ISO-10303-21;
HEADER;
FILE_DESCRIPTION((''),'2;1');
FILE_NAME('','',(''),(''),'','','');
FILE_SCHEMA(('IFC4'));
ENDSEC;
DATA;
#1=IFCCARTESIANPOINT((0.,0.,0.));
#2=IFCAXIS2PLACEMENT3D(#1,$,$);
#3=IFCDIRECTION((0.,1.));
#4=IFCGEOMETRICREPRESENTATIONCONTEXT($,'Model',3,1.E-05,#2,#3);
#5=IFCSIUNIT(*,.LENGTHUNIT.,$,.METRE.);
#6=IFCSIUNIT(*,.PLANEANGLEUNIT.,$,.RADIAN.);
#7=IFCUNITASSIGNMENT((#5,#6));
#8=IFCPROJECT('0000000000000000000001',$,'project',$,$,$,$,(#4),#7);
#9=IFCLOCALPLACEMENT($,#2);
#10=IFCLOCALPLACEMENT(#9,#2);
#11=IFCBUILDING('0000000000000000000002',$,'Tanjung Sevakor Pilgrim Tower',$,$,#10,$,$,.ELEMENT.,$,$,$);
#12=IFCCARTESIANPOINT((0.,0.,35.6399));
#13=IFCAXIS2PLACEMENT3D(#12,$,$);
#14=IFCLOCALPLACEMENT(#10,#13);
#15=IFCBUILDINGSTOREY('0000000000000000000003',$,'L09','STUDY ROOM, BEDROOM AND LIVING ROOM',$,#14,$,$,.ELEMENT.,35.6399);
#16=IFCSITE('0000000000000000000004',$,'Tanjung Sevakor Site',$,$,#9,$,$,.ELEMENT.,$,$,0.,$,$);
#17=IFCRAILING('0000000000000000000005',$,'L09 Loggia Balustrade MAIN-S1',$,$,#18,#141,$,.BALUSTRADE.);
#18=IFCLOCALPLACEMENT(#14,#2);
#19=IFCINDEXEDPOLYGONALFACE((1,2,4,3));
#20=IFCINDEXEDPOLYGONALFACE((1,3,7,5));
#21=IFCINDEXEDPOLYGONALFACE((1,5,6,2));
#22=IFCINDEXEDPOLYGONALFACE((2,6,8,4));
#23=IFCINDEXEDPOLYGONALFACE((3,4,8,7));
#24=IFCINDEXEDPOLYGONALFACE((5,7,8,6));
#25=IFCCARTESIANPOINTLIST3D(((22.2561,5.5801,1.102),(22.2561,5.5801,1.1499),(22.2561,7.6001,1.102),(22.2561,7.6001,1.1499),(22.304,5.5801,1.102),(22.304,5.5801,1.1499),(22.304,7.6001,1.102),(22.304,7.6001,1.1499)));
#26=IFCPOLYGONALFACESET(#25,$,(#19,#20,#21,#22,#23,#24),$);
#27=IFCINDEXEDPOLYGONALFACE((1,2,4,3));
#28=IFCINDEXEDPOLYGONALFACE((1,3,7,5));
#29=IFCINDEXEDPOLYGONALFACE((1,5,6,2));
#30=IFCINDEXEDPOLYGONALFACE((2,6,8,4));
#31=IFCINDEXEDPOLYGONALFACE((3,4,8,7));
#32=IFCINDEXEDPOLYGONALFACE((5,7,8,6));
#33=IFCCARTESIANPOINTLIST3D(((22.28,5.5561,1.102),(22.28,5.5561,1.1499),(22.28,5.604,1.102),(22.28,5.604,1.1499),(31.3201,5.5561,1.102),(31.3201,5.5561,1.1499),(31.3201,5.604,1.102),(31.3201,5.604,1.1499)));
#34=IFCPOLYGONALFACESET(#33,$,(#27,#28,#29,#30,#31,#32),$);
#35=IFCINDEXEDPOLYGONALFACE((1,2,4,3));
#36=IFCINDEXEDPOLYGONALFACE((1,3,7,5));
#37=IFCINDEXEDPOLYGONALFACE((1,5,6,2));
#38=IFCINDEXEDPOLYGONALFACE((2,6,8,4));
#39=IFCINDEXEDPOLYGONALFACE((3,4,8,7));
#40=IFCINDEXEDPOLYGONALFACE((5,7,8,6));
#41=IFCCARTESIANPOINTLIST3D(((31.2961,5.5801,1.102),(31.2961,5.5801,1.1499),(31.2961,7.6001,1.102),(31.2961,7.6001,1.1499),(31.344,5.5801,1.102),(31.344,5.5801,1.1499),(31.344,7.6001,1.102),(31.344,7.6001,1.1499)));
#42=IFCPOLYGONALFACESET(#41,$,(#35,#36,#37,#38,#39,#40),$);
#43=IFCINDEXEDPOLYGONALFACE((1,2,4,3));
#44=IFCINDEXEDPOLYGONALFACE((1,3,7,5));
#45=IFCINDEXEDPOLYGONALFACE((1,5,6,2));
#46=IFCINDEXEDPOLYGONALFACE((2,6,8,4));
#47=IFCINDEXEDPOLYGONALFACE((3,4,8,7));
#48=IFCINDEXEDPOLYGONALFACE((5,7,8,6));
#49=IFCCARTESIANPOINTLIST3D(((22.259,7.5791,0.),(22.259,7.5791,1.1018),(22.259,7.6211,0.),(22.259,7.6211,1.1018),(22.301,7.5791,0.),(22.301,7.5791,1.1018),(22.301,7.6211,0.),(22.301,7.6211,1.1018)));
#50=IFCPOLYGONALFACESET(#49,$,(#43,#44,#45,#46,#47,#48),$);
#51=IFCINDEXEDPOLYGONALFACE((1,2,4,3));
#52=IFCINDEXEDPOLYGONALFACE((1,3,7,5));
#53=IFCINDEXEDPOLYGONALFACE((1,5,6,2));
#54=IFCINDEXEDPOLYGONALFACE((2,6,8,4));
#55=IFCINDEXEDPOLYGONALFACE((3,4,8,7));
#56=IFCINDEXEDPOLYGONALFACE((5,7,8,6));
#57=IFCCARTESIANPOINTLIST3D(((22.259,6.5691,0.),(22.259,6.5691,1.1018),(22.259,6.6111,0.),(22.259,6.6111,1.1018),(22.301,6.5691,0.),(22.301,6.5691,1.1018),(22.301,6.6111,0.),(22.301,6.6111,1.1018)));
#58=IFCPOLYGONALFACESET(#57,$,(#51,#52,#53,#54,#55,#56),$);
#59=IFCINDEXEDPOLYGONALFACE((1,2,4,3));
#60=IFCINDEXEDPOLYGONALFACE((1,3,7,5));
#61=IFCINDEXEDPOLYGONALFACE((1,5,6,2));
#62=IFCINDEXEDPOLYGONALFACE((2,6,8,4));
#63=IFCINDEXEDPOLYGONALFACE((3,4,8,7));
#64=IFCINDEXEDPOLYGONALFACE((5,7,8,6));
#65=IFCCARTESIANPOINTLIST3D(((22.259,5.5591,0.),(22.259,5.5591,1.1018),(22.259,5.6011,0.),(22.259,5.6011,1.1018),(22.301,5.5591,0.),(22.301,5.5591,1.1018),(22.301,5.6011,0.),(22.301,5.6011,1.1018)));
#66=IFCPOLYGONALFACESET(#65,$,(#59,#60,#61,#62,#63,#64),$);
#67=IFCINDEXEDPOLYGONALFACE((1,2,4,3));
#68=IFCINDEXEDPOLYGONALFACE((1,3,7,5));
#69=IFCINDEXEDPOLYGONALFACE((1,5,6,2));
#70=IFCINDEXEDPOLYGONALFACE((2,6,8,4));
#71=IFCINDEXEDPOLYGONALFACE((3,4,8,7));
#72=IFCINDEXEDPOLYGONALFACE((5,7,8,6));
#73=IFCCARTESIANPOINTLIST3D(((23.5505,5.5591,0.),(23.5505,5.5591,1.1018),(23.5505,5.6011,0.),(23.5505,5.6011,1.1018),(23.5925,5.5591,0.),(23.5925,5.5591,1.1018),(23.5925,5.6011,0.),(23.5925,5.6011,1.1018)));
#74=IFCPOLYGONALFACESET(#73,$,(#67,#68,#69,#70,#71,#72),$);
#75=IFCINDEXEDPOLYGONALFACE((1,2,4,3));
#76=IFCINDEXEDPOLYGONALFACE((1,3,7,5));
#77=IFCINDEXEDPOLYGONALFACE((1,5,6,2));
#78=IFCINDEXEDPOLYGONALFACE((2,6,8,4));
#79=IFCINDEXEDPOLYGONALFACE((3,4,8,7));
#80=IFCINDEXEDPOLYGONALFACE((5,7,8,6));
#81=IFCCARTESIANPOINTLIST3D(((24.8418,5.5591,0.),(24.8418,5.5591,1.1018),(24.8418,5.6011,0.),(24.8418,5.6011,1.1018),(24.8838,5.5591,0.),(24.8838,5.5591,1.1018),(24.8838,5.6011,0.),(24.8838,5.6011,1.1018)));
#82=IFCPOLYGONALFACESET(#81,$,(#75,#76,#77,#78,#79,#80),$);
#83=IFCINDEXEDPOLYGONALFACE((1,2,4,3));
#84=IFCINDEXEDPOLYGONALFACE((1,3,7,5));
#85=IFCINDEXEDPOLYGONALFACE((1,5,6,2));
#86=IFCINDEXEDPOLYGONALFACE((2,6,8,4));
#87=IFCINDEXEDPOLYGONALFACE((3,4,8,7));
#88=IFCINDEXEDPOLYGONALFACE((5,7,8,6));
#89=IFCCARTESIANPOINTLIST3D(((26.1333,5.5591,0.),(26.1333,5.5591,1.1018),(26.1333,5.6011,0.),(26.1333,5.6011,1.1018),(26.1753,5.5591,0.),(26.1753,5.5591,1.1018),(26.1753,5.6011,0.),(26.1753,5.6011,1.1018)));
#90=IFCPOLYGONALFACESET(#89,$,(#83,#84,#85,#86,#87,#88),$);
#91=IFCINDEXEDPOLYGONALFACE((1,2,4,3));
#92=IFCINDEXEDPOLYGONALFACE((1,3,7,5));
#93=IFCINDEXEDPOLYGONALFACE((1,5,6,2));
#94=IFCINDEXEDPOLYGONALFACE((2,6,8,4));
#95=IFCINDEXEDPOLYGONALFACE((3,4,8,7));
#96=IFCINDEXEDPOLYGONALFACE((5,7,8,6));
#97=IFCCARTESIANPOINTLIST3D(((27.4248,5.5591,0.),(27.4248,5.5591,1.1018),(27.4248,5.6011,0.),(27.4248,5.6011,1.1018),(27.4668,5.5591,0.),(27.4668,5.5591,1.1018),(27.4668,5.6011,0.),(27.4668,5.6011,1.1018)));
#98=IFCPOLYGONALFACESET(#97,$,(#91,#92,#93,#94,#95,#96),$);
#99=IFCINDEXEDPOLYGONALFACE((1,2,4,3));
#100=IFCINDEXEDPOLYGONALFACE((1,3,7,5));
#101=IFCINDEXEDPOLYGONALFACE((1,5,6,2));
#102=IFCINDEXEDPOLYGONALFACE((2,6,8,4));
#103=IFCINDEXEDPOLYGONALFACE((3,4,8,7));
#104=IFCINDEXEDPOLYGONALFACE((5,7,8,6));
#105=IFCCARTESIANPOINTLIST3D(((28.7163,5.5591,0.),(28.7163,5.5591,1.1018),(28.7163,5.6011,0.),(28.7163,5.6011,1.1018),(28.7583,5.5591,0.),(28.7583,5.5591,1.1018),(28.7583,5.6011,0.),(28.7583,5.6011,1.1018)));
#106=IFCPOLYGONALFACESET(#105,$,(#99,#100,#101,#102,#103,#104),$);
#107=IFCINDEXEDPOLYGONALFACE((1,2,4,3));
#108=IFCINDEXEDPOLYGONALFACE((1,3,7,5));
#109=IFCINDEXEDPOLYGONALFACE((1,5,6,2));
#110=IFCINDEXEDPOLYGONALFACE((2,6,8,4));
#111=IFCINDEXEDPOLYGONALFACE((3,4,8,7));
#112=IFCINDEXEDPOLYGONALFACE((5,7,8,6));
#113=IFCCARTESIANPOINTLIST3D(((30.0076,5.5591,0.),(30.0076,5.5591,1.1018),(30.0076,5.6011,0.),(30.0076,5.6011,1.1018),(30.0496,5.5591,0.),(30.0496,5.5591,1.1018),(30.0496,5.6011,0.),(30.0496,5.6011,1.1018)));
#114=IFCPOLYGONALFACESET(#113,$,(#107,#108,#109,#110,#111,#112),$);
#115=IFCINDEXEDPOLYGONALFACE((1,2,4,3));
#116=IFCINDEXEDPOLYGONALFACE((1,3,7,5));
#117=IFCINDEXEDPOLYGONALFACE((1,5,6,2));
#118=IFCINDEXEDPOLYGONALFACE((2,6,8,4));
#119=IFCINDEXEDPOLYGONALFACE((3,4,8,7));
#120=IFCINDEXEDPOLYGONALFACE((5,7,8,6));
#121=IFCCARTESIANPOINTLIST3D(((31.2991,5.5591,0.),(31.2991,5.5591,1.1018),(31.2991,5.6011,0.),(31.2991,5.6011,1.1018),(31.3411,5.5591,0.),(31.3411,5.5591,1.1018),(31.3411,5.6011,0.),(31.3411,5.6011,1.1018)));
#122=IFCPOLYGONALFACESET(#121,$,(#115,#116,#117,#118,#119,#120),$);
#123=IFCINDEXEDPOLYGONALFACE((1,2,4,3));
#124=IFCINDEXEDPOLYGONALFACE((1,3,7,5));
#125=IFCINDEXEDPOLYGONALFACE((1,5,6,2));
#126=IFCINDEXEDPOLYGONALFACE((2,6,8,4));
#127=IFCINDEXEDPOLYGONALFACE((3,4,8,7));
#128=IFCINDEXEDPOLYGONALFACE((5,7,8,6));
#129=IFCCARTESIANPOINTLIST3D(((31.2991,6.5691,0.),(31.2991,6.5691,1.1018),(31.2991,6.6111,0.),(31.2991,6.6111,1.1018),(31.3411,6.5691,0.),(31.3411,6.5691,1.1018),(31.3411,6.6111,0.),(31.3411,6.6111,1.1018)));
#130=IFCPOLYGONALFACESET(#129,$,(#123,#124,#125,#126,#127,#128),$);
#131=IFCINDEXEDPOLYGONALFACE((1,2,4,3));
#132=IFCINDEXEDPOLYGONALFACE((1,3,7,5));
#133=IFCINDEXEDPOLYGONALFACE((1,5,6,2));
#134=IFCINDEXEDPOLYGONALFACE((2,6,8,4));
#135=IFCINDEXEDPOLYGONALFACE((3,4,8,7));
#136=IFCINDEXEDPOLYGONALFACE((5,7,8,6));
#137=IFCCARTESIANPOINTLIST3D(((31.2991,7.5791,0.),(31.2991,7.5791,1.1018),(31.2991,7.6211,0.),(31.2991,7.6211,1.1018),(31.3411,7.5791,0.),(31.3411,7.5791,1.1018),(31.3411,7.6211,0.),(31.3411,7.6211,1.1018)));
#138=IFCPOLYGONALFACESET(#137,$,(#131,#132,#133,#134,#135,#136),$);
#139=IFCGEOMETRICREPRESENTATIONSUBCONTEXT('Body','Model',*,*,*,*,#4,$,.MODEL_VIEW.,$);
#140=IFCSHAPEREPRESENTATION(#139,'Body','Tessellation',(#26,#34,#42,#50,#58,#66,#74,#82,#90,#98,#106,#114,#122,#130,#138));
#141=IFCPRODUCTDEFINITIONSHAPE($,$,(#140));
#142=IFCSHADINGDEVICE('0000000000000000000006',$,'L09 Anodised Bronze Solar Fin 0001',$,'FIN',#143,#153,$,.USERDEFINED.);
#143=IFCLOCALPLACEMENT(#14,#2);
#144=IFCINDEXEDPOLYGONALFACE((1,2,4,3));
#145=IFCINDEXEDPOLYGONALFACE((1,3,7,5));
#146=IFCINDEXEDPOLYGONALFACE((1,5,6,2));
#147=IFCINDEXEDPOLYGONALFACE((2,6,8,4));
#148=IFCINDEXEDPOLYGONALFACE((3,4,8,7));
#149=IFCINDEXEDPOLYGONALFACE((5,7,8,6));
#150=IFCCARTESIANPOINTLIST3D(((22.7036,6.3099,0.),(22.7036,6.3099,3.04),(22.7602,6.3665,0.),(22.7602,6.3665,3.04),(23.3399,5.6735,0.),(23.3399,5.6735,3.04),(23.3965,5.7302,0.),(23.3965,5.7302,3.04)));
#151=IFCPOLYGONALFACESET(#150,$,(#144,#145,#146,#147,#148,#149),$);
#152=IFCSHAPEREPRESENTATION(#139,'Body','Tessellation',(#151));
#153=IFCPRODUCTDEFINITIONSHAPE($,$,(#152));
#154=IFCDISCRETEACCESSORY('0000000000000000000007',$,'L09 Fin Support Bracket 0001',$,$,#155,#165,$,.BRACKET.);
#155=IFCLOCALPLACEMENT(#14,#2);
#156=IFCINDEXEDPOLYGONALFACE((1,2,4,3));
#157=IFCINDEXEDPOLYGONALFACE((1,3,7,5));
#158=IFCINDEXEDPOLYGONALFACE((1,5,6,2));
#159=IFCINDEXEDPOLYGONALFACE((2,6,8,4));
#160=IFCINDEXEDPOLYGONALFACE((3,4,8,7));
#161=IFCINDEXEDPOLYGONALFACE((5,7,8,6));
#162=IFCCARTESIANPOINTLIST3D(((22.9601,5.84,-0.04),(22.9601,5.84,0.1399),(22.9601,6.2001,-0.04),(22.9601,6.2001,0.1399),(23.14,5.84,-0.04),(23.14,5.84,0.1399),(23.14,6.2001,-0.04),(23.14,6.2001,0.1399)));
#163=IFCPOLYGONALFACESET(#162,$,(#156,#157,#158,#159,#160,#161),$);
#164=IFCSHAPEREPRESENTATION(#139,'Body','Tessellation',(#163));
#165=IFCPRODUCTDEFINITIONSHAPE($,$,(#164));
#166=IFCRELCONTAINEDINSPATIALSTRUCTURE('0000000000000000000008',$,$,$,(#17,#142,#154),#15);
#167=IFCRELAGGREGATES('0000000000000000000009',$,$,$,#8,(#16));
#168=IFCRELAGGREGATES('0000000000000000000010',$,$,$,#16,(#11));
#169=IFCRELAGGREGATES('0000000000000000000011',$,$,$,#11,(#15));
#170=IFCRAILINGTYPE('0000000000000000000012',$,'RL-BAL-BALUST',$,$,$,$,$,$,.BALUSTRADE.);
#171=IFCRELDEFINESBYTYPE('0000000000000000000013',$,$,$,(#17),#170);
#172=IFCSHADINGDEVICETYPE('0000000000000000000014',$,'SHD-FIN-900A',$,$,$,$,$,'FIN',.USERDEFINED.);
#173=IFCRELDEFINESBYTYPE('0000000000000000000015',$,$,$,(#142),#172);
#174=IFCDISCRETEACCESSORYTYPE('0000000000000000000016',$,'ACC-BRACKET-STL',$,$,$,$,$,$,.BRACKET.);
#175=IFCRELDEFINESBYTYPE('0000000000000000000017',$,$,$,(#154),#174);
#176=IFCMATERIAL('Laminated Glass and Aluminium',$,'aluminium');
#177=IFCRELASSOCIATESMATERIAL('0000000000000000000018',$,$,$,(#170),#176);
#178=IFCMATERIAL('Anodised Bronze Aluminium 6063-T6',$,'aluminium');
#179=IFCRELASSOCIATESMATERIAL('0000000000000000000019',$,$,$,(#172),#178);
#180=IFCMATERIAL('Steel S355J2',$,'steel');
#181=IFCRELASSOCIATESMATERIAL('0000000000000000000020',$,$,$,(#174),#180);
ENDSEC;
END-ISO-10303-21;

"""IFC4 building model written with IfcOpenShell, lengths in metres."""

from ifc_helpers import new_model, si_unit, direction, frame, origin, origin_2d, place, context, subcontext, project, spatial, rectangle, extrude, material, type_object, element, save


model = new_model("IFC4")

# Units and contexts
model_context = context("Model", 3, precision=1e-05, world=origin(), true_north=direction((0.0, 1.0)))
body_context = subcontext(model_context, "Body", "Model", "MODEL_VIEW")
ifc_project = project(units=[si_unit("LENGTHUNIT", "METRE"), si_unit("PLANEANGLEUNIT", "RADIAN")], contexts=[model_context])

# Site, building, storey
site_placement = place(None, origin())
site = spatial("IfcSite", under=ifc_project, at=site_placement, Name="Tanjung Sevakor Site", CompositionType="ELEMENT", RefElevation=0.0)
building_placement = place(site_placement, origin())
building = spatial("IfcBuilding", under=site, at=building_placement, Name="Tanjung Sevakor Pilgrim Tower", CompositionType="ELEMENT")
storey_placement = place(building_placement, frame((0.0, 0.0, 35.6399)))
storey = spatial("IfcBuildingStorey", under=building, at=storey_placement, Name="L09", Description="STUDY ROOM, BEDROOM AND LIVING ROOM", CompositionType="ELEMENT", Elevation=35.6399)

# Railing
ifc_material_1 = material(Name="Laminated Glass and Aluminium", Category="aluminium")
railing_type = type_object("IfcRailingType", Name="RL-BAL-BALUST", PredefinedType="BALUSTRADE", material=ifc_material_1)
railing_placement = place(storey_placement, frame((22.28, 7.6001, 0.0)))
element("IfcRailing", 1, at=railing_placement, inside=storey, type_object=railing_type, Name="L09 Loggia Balustrade MAIN-S1", PredefinedType="BALUSTRADE", context=body_context, shape_type="SweptSolid", body=[
    extrude(rectangle(XDim=0.0479, YDim=0.0479), frame((0.0, 0.0, 1.126), z_axis=(0.0, -1.0, 0.0), x_axis=(1.0, 0.0, 0.0)), (0.0, 0.0, 1.0), 2.02),
    extrude(rectangle(XDim=0.0479, YDim=0.0479), frame((0.0, -2.02, 1.126), z_axis=(1.0, 0.0, 0.0), x_axis=(0.0, 1.0, 0.0)), (0.0, 0.0, 1.0), 9.04),
    extrude(rectangle(XDim=0.0479, YDim=0.0479), frame((9.04, -2.02, 1.126), z_axis=(0.0, 1.0, 0.0), x_axis=(-1.0, 0.0, 0.0)), (0.0, 0.0, 1.0), 2.02),
    extrude(rectangle(XDim=0.042, YDim=0.042), origin(), (0.0, 0.0, 1.0), 1.1018),
    extrude(rectangle(XDim=0.042, YDim=0.042), frame((0.0, -1.01, 0.0)), (0.0, 0.0, 1.0), 1.1018),
    extrude(rectangle(XDim=0.042, YDim=0.042), frame((0.0, -2.02, 0.0)), (0.0, 0.0, 1.0), 1.1018),
    extrude(rectangle(XDim=0.042, YDim=0.042), frame((1.2915, -2.02, 0.0)), (0.0, 0.0, 1.0), 1.1018),
    extrude(rectangle(XDim=0.042, YDim=0.042), frame((2.5828, -2.02, 0.0)), (0.0, 0.0, 1.0), 1.1018),
    extrude(rectangle(XDim=0.042, YDim=0.042), frame((3.8743, -2.02, 0.0)), (0.0, 0.0, 1.0), 1.1018),
    extrude(rectangle(XDim=0.042, YDim=0.042), frame((5.1658, -2.02, 0.0)), (0.0, 0.0, 1.0), 1.1018),
    extrude(rectangle(XDim=0.042, YDim=0.042), frame((6.4573, -2.02, 0.0)), (0.0, 0.0, 1.0), 1.1018),
    extrude(rectangle(XDim=0.042, YDim=0.042), frame((7.7485, -2.02, 0.0)), (0.0, 0.0, 1.0), 1.1018),
    extrude(rectangle(XDim=0.042, YDim=0.042), frame((9.04, -2.02, 0.0)), (0.0, 0.0, 1.0), 1.1018),
    extrude(rectangle(XDim=0.042, YDim=0.042), frame((9.04, -1.01, 0.0)), (0.0, 0.0, 1.0), 1.1018),
    extrude(rectangle(XDim=0.042, YDim=0.042), frame((9.04, 0.0, 0.0)), (0.0, 0.0, 1.0), 1.1018),
])

# Shading device
ifc_material_2 = material(Name="Anodised Bronze Aluminium 6063-T6", Category="aluminium")
shading_device_type = type_object("IfcShadingDeviceType", Name="SHD-FIN-900A", ElementType="FIN", PredefinedType="USERDEFINED", material=ifc_material_2)
shading_device_placement = place(storey_placement, frame((23.05, 6.02, 0.0), z_axis=(0.0, 0.0, 1.0), x_axis=(0.707107, 0.707107, 0.0)))
element("IfcShadingDevice", 2, at=shading_device_placement, inside=storey, type_object=shading_device_type, Name="L09 Anodised Bronze Solar Fin 0001", ObjectType="FIN", PredefinedType="USERDEFINED", context=body_context, shape_type="SweptSolid", body=[
    extrude(rectangle(XDim=0.0801, YDim=0.8999, at=origin_2d()), origin(), (0.0, 0.0, 1.0), 3.04),
])

# Discrete accessory
ifc_material_3 = material(Name="Steel S355J2", Category="steel")
discrete_accessory_type = type_object("IfcDiscreteAccessoryType", Name="ACC-BRACKET-STL", PredefinedType="BRACKET", material=ifc_material_3)
discrete_accessory_placement = place(storey_placement, frame((23.05, 6.02, -0.04), z_axis=(0.0, 0.0, 1.0), x_axis=(1.0, 0.0, 0.0)))
element("IfcDiscreteAccessory", 3, at=discrete_accessory_placement, inside=storey, type_object=discrete_accessory_type, Name="L09 Fin Support Bracket 0001", PredefinedType="BRACKET", context=body_context, shape_type="SweptSolid", body=[
    extrude(rectangle(XDim=0.1799, YDim=0.3601, at=origin_2d()), origin(), (0.0, 0.0, 1.0), 0.1799),
])

save(model, "model.ifc")
